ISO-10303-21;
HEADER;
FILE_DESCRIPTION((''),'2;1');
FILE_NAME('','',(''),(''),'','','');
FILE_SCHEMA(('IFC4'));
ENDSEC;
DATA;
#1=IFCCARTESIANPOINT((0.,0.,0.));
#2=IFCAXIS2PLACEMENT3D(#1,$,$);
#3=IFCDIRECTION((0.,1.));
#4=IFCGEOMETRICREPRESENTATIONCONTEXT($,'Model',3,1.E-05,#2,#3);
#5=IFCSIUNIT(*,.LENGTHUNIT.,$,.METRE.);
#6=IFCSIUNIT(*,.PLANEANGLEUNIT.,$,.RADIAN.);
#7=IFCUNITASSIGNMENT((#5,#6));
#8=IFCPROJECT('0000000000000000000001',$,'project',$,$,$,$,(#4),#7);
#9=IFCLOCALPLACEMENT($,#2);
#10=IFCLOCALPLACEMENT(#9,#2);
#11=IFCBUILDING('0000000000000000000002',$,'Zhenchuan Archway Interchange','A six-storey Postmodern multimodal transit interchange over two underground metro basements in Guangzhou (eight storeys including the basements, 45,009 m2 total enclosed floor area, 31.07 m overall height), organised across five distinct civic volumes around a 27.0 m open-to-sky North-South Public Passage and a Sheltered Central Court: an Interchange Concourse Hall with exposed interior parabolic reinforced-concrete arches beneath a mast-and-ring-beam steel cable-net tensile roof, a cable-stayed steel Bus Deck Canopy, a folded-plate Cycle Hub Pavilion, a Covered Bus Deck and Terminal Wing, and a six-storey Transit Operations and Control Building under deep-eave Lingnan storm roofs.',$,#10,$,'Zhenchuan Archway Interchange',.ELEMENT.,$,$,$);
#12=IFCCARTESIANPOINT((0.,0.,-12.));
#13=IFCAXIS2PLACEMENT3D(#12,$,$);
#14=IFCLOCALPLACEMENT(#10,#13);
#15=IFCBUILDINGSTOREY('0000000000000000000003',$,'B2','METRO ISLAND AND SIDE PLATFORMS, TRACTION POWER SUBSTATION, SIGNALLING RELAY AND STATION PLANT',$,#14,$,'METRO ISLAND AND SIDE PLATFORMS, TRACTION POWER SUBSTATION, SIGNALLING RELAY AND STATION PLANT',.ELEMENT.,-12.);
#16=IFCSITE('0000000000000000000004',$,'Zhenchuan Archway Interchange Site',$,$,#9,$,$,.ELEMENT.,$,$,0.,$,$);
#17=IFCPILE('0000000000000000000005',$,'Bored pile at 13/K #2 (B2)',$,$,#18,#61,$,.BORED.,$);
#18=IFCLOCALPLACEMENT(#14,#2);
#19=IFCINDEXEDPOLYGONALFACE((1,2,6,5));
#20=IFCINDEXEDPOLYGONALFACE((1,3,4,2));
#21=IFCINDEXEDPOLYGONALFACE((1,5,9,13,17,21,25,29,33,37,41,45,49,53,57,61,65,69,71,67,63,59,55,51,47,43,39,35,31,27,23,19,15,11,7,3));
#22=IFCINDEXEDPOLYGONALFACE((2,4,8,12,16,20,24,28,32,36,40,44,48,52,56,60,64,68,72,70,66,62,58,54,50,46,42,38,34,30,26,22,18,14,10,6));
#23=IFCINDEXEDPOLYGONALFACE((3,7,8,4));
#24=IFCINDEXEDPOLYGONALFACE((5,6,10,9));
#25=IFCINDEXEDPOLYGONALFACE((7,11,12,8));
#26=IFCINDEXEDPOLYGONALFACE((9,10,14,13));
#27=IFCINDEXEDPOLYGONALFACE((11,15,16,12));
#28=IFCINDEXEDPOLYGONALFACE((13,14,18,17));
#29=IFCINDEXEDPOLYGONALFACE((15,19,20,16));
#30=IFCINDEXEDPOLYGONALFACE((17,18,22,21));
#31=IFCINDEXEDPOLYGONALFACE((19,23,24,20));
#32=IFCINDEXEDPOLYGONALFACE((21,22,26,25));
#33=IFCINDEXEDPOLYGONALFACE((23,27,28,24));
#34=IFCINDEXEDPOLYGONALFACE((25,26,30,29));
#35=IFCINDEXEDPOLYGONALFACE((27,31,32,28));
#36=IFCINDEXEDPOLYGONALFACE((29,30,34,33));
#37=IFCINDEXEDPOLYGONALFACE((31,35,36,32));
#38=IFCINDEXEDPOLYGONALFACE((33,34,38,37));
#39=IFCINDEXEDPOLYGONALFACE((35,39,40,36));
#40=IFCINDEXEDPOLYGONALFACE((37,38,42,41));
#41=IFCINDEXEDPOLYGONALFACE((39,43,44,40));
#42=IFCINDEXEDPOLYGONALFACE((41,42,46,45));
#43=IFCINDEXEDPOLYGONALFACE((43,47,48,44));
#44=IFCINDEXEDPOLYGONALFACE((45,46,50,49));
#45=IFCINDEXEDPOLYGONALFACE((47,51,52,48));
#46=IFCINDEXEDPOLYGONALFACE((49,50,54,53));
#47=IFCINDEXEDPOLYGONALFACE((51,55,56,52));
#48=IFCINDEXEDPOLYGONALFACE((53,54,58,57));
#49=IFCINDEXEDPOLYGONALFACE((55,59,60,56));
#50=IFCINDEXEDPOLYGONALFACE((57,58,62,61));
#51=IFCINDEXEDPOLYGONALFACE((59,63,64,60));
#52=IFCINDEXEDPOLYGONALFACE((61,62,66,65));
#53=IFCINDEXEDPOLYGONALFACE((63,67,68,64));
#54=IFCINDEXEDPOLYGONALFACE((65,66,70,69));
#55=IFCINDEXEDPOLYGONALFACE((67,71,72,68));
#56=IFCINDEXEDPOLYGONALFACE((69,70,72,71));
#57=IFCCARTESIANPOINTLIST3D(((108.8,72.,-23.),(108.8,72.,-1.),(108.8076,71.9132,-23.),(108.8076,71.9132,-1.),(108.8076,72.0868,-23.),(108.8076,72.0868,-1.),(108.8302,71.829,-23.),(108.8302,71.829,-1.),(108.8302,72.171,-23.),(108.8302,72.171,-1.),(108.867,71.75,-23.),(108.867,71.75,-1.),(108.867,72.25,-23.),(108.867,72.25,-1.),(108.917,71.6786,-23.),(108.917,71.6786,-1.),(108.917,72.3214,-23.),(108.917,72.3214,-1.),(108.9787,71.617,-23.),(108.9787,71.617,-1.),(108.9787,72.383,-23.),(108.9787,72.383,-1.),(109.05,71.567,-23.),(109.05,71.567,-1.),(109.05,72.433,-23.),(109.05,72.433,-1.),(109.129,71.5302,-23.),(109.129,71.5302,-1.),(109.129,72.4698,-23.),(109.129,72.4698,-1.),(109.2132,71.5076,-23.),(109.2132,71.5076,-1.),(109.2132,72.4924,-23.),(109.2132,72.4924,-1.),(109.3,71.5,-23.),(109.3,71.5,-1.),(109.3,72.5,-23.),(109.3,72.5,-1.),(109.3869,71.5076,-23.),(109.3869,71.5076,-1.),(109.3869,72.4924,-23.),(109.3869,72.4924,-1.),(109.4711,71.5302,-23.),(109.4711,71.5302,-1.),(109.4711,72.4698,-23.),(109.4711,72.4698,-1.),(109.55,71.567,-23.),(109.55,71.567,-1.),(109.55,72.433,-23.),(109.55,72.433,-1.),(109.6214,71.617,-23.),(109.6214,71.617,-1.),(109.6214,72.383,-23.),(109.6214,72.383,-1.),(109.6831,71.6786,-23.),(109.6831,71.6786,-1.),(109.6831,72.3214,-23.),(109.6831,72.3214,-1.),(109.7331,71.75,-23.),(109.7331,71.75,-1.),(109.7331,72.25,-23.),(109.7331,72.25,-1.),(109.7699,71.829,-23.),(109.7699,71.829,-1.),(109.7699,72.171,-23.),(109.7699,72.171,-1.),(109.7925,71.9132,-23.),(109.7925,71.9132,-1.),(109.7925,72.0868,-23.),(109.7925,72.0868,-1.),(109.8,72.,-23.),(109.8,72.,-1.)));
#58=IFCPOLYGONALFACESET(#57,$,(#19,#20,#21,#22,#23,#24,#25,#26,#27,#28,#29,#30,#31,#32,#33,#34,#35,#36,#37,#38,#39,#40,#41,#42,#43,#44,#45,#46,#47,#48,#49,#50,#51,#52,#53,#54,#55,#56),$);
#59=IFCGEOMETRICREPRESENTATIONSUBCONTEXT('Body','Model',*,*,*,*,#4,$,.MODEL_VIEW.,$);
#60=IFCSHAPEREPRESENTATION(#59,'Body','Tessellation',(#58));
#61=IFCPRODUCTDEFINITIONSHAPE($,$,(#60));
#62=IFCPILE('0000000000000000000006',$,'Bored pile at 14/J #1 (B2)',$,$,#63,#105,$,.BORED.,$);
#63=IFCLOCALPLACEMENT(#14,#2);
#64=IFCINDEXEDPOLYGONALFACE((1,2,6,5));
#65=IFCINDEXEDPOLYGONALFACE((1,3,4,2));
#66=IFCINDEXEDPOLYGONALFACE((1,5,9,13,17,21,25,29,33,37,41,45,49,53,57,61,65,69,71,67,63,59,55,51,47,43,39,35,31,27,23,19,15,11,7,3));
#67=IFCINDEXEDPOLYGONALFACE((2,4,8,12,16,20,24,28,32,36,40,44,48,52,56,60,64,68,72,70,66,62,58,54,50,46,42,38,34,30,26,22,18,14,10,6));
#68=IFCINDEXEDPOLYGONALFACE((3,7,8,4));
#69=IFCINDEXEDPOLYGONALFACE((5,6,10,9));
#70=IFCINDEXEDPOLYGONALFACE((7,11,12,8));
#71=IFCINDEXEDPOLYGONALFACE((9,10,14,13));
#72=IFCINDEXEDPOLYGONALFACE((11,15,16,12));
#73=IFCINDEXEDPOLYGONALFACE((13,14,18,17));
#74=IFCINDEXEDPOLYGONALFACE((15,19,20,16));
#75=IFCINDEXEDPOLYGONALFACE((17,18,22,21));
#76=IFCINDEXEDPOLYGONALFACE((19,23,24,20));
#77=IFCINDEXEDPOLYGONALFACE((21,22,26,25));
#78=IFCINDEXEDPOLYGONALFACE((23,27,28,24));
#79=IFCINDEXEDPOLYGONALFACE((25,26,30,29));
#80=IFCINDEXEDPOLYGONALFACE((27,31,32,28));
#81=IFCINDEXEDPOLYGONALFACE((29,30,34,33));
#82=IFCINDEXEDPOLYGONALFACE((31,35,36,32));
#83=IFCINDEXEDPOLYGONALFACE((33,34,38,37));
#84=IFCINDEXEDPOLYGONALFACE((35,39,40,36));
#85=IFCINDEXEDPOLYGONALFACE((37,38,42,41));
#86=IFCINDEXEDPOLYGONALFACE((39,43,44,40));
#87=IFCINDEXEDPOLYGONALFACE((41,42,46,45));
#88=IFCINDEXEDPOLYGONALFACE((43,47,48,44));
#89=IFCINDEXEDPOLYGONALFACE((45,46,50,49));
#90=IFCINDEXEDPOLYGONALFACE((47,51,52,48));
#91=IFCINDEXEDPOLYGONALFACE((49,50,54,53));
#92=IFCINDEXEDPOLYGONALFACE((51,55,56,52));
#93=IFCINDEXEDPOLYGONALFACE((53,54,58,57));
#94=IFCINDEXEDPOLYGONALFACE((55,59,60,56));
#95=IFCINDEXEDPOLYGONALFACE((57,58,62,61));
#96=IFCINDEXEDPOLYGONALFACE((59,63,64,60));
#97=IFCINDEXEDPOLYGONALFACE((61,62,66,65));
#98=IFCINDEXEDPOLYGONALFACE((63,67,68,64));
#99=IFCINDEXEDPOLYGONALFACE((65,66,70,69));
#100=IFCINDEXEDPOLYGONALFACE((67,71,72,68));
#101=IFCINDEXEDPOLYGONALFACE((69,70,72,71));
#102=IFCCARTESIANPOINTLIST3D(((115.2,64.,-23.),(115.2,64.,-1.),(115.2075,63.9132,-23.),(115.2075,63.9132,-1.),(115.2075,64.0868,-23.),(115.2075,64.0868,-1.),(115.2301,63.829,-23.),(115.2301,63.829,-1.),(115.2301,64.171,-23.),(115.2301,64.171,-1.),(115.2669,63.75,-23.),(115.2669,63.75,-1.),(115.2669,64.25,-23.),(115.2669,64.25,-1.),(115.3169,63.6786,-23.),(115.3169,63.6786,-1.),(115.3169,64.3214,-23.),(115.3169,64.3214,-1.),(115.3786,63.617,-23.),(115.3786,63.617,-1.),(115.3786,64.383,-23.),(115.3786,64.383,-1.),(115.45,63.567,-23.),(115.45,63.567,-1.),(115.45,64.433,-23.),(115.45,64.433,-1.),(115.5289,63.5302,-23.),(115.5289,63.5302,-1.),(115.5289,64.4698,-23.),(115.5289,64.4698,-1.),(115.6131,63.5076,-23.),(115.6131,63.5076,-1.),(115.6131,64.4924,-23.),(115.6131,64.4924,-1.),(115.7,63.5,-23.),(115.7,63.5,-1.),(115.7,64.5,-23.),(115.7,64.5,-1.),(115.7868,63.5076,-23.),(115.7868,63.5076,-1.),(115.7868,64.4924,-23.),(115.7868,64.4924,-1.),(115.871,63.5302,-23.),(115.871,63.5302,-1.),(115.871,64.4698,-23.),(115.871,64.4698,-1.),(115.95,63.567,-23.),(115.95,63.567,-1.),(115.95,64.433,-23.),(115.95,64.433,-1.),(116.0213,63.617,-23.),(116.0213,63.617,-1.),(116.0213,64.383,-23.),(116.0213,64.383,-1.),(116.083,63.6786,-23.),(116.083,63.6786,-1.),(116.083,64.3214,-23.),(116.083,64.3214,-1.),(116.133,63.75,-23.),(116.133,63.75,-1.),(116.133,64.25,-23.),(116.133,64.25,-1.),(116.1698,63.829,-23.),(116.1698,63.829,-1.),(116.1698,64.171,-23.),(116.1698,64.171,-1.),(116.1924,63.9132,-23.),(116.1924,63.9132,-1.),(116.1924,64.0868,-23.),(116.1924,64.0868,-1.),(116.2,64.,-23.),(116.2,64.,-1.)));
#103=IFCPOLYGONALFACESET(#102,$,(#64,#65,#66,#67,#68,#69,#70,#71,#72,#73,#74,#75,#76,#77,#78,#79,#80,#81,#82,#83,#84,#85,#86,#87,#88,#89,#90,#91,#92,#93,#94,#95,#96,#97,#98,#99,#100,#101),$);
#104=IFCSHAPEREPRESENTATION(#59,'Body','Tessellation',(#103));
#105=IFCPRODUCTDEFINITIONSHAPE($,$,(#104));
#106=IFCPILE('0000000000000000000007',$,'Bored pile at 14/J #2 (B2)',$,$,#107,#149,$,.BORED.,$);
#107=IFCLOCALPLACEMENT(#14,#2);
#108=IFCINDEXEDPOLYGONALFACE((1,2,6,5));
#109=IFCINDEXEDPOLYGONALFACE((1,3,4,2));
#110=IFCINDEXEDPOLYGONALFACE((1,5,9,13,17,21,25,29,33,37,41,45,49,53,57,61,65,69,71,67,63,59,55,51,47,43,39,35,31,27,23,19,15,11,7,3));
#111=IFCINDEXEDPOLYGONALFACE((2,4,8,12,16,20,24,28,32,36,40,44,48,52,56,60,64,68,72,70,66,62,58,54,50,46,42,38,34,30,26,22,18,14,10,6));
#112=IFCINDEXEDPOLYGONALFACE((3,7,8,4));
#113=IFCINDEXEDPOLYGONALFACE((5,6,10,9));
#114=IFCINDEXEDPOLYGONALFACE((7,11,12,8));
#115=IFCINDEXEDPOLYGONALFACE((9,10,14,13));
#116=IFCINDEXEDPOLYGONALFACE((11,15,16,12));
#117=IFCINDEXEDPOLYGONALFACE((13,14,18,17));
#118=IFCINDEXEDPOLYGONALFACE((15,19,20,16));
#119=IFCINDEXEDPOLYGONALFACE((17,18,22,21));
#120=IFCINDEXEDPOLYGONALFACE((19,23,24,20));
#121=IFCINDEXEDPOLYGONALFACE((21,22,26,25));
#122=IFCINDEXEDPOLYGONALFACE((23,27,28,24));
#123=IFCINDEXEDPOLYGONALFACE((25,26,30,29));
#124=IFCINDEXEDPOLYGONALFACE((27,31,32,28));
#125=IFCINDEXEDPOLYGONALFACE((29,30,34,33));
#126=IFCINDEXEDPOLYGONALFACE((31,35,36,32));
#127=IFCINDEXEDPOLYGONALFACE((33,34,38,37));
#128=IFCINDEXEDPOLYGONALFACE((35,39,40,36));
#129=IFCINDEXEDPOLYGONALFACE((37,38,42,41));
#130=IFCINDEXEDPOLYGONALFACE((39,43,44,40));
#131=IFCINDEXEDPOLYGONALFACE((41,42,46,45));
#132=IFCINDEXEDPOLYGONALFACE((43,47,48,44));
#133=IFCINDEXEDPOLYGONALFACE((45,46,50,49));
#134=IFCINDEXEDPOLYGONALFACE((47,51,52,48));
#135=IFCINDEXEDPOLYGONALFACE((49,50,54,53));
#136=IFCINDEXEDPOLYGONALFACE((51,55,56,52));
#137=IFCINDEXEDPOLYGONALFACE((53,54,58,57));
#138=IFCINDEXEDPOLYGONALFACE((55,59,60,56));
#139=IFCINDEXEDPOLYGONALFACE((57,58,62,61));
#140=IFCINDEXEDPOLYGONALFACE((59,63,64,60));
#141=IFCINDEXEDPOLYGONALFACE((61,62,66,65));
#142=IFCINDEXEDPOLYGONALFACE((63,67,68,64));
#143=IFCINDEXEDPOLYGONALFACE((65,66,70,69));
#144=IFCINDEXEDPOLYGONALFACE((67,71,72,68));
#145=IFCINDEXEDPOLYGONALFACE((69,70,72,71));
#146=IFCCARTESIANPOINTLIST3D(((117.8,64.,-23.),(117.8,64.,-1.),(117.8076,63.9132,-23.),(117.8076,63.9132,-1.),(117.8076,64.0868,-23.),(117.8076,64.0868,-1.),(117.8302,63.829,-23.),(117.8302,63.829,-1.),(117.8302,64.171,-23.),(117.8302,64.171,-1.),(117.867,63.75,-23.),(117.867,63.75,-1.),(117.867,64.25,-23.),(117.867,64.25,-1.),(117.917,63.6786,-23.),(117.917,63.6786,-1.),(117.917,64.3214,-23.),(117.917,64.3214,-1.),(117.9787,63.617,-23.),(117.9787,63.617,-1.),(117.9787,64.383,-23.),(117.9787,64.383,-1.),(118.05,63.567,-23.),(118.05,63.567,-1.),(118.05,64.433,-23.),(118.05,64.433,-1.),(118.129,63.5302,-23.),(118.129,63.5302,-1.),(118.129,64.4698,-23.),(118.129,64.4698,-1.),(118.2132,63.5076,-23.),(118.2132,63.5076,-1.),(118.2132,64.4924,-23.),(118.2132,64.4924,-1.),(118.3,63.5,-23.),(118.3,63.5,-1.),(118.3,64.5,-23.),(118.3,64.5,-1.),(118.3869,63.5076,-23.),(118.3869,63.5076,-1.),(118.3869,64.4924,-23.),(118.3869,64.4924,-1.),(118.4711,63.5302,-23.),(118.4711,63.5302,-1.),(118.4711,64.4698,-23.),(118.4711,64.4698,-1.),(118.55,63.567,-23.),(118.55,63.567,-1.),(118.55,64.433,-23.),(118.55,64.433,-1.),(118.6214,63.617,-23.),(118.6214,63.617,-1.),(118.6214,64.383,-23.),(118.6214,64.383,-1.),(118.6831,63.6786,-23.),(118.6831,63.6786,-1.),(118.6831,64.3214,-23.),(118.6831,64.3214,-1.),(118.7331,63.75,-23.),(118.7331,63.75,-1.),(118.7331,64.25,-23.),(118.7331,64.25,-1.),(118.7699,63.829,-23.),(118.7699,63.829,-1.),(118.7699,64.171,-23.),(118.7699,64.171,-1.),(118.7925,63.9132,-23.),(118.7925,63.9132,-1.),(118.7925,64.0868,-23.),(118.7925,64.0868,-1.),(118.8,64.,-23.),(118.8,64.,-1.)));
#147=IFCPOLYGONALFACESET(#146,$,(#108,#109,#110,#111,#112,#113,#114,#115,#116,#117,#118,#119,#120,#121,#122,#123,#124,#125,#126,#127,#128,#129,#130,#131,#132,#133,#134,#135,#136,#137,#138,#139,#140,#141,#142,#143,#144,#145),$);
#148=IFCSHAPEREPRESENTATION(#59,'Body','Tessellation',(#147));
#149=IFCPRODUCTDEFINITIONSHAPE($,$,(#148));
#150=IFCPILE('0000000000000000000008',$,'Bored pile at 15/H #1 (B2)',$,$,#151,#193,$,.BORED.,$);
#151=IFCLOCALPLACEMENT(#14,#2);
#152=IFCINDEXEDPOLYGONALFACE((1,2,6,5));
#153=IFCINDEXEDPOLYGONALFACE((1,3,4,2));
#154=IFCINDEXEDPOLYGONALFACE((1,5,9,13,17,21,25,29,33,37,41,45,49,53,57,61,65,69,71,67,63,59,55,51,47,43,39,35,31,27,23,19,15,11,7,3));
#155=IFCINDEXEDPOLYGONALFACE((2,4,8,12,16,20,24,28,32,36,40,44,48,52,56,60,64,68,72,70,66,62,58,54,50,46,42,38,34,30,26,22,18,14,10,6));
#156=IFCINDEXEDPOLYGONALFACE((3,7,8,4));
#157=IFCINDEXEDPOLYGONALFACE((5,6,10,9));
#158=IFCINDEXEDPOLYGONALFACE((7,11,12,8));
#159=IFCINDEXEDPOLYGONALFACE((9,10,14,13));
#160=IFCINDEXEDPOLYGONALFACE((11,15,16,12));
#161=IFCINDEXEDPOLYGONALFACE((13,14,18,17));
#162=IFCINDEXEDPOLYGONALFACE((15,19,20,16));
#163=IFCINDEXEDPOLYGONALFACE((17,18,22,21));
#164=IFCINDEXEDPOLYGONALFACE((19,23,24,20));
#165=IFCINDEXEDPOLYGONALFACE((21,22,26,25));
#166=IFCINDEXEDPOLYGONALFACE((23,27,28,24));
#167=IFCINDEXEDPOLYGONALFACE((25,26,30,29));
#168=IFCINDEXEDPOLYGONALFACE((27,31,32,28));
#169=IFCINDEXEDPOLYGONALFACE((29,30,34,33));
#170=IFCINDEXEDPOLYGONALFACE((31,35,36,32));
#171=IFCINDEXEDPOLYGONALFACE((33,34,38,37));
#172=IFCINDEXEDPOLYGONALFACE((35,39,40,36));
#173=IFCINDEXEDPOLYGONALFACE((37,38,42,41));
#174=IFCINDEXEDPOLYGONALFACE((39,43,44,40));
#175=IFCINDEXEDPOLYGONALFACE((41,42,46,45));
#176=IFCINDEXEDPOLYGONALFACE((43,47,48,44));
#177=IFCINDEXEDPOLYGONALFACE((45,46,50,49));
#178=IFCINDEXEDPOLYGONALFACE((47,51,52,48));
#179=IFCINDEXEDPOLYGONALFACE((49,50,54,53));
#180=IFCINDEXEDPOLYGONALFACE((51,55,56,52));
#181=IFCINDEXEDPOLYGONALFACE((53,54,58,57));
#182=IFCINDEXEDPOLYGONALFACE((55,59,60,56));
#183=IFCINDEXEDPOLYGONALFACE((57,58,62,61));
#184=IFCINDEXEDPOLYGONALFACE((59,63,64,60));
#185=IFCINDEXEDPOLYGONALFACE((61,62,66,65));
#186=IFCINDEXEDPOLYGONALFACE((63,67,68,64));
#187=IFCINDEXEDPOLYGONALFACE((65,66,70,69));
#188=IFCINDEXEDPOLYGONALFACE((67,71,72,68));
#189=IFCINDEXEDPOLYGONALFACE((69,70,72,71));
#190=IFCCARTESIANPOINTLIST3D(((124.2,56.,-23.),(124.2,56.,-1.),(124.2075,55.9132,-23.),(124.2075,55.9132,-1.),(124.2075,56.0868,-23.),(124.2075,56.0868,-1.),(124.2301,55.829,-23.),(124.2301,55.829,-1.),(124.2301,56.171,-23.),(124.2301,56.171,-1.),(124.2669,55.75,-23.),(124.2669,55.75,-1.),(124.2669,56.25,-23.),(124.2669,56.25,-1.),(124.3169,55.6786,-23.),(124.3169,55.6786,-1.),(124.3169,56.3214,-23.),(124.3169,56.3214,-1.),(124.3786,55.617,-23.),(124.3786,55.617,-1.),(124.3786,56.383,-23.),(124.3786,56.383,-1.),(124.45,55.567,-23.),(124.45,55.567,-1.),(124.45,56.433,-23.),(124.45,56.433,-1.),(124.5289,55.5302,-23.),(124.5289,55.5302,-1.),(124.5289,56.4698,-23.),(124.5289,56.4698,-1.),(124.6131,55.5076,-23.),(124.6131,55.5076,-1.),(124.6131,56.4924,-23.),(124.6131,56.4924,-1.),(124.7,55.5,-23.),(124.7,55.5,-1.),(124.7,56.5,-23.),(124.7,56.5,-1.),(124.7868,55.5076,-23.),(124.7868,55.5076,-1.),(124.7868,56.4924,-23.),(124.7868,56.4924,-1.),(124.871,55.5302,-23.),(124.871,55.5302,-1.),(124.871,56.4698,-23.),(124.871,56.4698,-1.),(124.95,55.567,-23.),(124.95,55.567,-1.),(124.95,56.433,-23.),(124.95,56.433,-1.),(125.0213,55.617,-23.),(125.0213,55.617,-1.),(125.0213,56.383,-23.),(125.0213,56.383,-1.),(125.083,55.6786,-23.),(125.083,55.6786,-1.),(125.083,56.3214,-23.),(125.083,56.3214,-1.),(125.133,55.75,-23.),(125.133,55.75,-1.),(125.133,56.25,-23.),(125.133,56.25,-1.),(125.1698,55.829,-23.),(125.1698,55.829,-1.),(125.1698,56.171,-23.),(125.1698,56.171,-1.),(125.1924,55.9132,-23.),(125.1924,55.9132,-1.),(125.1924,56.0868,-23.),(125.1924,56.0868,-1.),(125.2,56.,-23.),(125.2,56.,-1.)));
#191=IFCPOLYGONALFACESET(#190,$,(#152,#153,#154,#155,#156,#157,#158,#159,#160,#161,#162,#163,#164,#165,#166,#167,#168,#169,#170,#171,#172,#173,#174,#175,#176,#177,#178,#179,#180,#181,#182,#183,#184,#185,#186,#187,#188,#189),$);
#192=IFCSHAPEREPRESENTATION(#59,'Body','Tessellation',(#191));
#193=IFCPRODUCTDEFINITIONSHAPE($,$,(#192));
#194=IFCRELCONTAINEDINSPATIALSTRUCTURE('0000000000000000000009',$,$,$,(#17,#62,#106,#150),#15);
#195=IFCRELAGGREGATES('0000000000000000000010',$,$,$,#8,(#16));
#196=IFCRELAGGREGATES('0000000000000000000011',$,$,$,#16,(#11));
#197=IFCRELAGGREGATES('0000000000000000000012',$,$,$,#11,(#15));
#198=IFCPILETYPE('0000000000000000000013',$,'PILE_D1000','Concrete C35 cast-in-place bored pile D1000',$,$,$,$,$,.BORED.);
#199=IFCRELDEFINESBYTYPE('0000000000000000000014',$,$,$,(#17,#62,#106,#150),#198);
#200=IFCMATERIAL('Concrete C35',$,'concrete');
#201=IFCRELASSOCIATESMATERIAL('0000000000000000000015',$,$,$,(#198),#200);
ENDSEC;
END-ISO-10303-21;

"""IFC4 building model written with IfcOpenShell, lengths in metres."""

from ifc_helpers import new_model, si_unit, direction, frame, origin, origin_2d, place, context, subcontext, project, spatial, circle, extrude, material, material_profile, profile_set, type_object, element, save


model = new_model("IFC4")

# Units and contexts
model_context = context("Model", 3, precision=1e-05, world=origin(), true_north=direction((0.0, 1.0)))
body_context = subcontext(model_context, "Body", "Model", "MODEL_VIEW")
ifc_project = project(units=[si_unit("LENGTHUNIT", "METRE"), si_unit("PLANEANGLEUNIT", "RADIAN")], contexts=[model_context])

# Site, building, storey
site_placement = place(None, origin())
site = spatial("IfcSite", under=ifc_project, at=site_placement, Name="Zhenchuan Archway Interchange Site", CompositionType="ELEMENT", RefElevation=0.0)
building_placement = place(site_placement, origin())
building = spatial("IfcBuilding", under=site, at=building_placement, Name="Zhenchuan Archway Interchange", Description="A six-storey Postmodern multimodal transit interchange over two underground metro basements in Guangzhou (eight storeys including the basements, 45,009 m2 total enclosed floor area, 31.07 m overall height), organised across five distinct civic volumes around a 27.0 m open-to-sky North-South Public Passage and a Sheltered Central Court: an Interchange Concourse Hall with exposed interior parabolic reinforced-concrete arches beneath a mast-and-ring-beam steel cable-net tensile roof, a cable-stayed steel Bus Deck Canopy, a folded-plate Cycle Hub Pavilion, a Covered Bus Deck and Terminal Wing, and a six-storey Transit Operations and Control Building under deep-eave Lingnan storm roofs.", LongName="Zhenchuan Archway Interchange", CompositionType="ELEMENT")
storey_placement = place(building_placement, frame((0.0, 0.0, -12.0)))
storey = spatial("IfcBuildingStorey", under=building, at=storey_placement, Name="B2", Description="METRO ISLAND AND SIDE PLATFORMS, TRACTION POWER SUBSTATION, SIGNALLING RELAY AND STATION PLANT", LongName="METRO ISLAND AND SIDE PLATFORMS, TRACTION POWER SUBSTATION, SIGNALLING RELAY AND STATION PLANT", CompositionType="ELEMENT", Elevation=-12.0)

# Piles
ifc_material_1 = material(Name="Concrete C35", Category="concrete")
ifc_material_profile_1 = material_profile(ifc_material_1, circle(Radius=0.5, at=origin_2d()), Name="BORED PILE 1000")
ifc_profile_set_1 = profile_set([ifc_material_profile_1], Name="Concrete C35")
pile_type_1 = type_object("IfcPileType", Name="PILE_D1000", Description="Concrete C35 cast-in-place bored pile D1000", PredefinedType="BORED", material=ifc_profile_set_1)
for number, where, z_axis, x_axis, name in (
    (1, (109.3, 72.0, -1.0), (0.0, 0.0, -1.0), (1.0, 0.0, 0.0), "Bored pile at 13/K #2 (B2)"),
    (2, (115.7, 64.0, -1.0), (0.0, 0.0, -1.0), (1.0, 0.0, 0.0), "Bored pile at 14/J #1 (B2)"),
    (3, (118.3, 64.0, -1.0), (0.0, 0.0, -1.0), (1.0, 0.0, 0.0), "Bored pile at 14/J #2 (B2)"),
    (4, (124.7, 56.0, -1.0), (0.0, 0.0, -1.0), (1.0, 0.0, 0.0), "Bored pile at 15/H #1 (B2)"),
):
    element("IfcPile", number, at=place(storey_placement, frame(where, z_axis=z_axis, x_axis=x_axis)), inside=storey, type_object=pile_type_1, Name=name, PredefinedType="BORED", context=body_context, shape_type="SweptSolid", body=[
        extrude(circle(Radius=0.5, at=origin_2d()), origin(), (0.0, 0.0, 1.0), 22.0),
    ])

save(model, "model.ifc")
